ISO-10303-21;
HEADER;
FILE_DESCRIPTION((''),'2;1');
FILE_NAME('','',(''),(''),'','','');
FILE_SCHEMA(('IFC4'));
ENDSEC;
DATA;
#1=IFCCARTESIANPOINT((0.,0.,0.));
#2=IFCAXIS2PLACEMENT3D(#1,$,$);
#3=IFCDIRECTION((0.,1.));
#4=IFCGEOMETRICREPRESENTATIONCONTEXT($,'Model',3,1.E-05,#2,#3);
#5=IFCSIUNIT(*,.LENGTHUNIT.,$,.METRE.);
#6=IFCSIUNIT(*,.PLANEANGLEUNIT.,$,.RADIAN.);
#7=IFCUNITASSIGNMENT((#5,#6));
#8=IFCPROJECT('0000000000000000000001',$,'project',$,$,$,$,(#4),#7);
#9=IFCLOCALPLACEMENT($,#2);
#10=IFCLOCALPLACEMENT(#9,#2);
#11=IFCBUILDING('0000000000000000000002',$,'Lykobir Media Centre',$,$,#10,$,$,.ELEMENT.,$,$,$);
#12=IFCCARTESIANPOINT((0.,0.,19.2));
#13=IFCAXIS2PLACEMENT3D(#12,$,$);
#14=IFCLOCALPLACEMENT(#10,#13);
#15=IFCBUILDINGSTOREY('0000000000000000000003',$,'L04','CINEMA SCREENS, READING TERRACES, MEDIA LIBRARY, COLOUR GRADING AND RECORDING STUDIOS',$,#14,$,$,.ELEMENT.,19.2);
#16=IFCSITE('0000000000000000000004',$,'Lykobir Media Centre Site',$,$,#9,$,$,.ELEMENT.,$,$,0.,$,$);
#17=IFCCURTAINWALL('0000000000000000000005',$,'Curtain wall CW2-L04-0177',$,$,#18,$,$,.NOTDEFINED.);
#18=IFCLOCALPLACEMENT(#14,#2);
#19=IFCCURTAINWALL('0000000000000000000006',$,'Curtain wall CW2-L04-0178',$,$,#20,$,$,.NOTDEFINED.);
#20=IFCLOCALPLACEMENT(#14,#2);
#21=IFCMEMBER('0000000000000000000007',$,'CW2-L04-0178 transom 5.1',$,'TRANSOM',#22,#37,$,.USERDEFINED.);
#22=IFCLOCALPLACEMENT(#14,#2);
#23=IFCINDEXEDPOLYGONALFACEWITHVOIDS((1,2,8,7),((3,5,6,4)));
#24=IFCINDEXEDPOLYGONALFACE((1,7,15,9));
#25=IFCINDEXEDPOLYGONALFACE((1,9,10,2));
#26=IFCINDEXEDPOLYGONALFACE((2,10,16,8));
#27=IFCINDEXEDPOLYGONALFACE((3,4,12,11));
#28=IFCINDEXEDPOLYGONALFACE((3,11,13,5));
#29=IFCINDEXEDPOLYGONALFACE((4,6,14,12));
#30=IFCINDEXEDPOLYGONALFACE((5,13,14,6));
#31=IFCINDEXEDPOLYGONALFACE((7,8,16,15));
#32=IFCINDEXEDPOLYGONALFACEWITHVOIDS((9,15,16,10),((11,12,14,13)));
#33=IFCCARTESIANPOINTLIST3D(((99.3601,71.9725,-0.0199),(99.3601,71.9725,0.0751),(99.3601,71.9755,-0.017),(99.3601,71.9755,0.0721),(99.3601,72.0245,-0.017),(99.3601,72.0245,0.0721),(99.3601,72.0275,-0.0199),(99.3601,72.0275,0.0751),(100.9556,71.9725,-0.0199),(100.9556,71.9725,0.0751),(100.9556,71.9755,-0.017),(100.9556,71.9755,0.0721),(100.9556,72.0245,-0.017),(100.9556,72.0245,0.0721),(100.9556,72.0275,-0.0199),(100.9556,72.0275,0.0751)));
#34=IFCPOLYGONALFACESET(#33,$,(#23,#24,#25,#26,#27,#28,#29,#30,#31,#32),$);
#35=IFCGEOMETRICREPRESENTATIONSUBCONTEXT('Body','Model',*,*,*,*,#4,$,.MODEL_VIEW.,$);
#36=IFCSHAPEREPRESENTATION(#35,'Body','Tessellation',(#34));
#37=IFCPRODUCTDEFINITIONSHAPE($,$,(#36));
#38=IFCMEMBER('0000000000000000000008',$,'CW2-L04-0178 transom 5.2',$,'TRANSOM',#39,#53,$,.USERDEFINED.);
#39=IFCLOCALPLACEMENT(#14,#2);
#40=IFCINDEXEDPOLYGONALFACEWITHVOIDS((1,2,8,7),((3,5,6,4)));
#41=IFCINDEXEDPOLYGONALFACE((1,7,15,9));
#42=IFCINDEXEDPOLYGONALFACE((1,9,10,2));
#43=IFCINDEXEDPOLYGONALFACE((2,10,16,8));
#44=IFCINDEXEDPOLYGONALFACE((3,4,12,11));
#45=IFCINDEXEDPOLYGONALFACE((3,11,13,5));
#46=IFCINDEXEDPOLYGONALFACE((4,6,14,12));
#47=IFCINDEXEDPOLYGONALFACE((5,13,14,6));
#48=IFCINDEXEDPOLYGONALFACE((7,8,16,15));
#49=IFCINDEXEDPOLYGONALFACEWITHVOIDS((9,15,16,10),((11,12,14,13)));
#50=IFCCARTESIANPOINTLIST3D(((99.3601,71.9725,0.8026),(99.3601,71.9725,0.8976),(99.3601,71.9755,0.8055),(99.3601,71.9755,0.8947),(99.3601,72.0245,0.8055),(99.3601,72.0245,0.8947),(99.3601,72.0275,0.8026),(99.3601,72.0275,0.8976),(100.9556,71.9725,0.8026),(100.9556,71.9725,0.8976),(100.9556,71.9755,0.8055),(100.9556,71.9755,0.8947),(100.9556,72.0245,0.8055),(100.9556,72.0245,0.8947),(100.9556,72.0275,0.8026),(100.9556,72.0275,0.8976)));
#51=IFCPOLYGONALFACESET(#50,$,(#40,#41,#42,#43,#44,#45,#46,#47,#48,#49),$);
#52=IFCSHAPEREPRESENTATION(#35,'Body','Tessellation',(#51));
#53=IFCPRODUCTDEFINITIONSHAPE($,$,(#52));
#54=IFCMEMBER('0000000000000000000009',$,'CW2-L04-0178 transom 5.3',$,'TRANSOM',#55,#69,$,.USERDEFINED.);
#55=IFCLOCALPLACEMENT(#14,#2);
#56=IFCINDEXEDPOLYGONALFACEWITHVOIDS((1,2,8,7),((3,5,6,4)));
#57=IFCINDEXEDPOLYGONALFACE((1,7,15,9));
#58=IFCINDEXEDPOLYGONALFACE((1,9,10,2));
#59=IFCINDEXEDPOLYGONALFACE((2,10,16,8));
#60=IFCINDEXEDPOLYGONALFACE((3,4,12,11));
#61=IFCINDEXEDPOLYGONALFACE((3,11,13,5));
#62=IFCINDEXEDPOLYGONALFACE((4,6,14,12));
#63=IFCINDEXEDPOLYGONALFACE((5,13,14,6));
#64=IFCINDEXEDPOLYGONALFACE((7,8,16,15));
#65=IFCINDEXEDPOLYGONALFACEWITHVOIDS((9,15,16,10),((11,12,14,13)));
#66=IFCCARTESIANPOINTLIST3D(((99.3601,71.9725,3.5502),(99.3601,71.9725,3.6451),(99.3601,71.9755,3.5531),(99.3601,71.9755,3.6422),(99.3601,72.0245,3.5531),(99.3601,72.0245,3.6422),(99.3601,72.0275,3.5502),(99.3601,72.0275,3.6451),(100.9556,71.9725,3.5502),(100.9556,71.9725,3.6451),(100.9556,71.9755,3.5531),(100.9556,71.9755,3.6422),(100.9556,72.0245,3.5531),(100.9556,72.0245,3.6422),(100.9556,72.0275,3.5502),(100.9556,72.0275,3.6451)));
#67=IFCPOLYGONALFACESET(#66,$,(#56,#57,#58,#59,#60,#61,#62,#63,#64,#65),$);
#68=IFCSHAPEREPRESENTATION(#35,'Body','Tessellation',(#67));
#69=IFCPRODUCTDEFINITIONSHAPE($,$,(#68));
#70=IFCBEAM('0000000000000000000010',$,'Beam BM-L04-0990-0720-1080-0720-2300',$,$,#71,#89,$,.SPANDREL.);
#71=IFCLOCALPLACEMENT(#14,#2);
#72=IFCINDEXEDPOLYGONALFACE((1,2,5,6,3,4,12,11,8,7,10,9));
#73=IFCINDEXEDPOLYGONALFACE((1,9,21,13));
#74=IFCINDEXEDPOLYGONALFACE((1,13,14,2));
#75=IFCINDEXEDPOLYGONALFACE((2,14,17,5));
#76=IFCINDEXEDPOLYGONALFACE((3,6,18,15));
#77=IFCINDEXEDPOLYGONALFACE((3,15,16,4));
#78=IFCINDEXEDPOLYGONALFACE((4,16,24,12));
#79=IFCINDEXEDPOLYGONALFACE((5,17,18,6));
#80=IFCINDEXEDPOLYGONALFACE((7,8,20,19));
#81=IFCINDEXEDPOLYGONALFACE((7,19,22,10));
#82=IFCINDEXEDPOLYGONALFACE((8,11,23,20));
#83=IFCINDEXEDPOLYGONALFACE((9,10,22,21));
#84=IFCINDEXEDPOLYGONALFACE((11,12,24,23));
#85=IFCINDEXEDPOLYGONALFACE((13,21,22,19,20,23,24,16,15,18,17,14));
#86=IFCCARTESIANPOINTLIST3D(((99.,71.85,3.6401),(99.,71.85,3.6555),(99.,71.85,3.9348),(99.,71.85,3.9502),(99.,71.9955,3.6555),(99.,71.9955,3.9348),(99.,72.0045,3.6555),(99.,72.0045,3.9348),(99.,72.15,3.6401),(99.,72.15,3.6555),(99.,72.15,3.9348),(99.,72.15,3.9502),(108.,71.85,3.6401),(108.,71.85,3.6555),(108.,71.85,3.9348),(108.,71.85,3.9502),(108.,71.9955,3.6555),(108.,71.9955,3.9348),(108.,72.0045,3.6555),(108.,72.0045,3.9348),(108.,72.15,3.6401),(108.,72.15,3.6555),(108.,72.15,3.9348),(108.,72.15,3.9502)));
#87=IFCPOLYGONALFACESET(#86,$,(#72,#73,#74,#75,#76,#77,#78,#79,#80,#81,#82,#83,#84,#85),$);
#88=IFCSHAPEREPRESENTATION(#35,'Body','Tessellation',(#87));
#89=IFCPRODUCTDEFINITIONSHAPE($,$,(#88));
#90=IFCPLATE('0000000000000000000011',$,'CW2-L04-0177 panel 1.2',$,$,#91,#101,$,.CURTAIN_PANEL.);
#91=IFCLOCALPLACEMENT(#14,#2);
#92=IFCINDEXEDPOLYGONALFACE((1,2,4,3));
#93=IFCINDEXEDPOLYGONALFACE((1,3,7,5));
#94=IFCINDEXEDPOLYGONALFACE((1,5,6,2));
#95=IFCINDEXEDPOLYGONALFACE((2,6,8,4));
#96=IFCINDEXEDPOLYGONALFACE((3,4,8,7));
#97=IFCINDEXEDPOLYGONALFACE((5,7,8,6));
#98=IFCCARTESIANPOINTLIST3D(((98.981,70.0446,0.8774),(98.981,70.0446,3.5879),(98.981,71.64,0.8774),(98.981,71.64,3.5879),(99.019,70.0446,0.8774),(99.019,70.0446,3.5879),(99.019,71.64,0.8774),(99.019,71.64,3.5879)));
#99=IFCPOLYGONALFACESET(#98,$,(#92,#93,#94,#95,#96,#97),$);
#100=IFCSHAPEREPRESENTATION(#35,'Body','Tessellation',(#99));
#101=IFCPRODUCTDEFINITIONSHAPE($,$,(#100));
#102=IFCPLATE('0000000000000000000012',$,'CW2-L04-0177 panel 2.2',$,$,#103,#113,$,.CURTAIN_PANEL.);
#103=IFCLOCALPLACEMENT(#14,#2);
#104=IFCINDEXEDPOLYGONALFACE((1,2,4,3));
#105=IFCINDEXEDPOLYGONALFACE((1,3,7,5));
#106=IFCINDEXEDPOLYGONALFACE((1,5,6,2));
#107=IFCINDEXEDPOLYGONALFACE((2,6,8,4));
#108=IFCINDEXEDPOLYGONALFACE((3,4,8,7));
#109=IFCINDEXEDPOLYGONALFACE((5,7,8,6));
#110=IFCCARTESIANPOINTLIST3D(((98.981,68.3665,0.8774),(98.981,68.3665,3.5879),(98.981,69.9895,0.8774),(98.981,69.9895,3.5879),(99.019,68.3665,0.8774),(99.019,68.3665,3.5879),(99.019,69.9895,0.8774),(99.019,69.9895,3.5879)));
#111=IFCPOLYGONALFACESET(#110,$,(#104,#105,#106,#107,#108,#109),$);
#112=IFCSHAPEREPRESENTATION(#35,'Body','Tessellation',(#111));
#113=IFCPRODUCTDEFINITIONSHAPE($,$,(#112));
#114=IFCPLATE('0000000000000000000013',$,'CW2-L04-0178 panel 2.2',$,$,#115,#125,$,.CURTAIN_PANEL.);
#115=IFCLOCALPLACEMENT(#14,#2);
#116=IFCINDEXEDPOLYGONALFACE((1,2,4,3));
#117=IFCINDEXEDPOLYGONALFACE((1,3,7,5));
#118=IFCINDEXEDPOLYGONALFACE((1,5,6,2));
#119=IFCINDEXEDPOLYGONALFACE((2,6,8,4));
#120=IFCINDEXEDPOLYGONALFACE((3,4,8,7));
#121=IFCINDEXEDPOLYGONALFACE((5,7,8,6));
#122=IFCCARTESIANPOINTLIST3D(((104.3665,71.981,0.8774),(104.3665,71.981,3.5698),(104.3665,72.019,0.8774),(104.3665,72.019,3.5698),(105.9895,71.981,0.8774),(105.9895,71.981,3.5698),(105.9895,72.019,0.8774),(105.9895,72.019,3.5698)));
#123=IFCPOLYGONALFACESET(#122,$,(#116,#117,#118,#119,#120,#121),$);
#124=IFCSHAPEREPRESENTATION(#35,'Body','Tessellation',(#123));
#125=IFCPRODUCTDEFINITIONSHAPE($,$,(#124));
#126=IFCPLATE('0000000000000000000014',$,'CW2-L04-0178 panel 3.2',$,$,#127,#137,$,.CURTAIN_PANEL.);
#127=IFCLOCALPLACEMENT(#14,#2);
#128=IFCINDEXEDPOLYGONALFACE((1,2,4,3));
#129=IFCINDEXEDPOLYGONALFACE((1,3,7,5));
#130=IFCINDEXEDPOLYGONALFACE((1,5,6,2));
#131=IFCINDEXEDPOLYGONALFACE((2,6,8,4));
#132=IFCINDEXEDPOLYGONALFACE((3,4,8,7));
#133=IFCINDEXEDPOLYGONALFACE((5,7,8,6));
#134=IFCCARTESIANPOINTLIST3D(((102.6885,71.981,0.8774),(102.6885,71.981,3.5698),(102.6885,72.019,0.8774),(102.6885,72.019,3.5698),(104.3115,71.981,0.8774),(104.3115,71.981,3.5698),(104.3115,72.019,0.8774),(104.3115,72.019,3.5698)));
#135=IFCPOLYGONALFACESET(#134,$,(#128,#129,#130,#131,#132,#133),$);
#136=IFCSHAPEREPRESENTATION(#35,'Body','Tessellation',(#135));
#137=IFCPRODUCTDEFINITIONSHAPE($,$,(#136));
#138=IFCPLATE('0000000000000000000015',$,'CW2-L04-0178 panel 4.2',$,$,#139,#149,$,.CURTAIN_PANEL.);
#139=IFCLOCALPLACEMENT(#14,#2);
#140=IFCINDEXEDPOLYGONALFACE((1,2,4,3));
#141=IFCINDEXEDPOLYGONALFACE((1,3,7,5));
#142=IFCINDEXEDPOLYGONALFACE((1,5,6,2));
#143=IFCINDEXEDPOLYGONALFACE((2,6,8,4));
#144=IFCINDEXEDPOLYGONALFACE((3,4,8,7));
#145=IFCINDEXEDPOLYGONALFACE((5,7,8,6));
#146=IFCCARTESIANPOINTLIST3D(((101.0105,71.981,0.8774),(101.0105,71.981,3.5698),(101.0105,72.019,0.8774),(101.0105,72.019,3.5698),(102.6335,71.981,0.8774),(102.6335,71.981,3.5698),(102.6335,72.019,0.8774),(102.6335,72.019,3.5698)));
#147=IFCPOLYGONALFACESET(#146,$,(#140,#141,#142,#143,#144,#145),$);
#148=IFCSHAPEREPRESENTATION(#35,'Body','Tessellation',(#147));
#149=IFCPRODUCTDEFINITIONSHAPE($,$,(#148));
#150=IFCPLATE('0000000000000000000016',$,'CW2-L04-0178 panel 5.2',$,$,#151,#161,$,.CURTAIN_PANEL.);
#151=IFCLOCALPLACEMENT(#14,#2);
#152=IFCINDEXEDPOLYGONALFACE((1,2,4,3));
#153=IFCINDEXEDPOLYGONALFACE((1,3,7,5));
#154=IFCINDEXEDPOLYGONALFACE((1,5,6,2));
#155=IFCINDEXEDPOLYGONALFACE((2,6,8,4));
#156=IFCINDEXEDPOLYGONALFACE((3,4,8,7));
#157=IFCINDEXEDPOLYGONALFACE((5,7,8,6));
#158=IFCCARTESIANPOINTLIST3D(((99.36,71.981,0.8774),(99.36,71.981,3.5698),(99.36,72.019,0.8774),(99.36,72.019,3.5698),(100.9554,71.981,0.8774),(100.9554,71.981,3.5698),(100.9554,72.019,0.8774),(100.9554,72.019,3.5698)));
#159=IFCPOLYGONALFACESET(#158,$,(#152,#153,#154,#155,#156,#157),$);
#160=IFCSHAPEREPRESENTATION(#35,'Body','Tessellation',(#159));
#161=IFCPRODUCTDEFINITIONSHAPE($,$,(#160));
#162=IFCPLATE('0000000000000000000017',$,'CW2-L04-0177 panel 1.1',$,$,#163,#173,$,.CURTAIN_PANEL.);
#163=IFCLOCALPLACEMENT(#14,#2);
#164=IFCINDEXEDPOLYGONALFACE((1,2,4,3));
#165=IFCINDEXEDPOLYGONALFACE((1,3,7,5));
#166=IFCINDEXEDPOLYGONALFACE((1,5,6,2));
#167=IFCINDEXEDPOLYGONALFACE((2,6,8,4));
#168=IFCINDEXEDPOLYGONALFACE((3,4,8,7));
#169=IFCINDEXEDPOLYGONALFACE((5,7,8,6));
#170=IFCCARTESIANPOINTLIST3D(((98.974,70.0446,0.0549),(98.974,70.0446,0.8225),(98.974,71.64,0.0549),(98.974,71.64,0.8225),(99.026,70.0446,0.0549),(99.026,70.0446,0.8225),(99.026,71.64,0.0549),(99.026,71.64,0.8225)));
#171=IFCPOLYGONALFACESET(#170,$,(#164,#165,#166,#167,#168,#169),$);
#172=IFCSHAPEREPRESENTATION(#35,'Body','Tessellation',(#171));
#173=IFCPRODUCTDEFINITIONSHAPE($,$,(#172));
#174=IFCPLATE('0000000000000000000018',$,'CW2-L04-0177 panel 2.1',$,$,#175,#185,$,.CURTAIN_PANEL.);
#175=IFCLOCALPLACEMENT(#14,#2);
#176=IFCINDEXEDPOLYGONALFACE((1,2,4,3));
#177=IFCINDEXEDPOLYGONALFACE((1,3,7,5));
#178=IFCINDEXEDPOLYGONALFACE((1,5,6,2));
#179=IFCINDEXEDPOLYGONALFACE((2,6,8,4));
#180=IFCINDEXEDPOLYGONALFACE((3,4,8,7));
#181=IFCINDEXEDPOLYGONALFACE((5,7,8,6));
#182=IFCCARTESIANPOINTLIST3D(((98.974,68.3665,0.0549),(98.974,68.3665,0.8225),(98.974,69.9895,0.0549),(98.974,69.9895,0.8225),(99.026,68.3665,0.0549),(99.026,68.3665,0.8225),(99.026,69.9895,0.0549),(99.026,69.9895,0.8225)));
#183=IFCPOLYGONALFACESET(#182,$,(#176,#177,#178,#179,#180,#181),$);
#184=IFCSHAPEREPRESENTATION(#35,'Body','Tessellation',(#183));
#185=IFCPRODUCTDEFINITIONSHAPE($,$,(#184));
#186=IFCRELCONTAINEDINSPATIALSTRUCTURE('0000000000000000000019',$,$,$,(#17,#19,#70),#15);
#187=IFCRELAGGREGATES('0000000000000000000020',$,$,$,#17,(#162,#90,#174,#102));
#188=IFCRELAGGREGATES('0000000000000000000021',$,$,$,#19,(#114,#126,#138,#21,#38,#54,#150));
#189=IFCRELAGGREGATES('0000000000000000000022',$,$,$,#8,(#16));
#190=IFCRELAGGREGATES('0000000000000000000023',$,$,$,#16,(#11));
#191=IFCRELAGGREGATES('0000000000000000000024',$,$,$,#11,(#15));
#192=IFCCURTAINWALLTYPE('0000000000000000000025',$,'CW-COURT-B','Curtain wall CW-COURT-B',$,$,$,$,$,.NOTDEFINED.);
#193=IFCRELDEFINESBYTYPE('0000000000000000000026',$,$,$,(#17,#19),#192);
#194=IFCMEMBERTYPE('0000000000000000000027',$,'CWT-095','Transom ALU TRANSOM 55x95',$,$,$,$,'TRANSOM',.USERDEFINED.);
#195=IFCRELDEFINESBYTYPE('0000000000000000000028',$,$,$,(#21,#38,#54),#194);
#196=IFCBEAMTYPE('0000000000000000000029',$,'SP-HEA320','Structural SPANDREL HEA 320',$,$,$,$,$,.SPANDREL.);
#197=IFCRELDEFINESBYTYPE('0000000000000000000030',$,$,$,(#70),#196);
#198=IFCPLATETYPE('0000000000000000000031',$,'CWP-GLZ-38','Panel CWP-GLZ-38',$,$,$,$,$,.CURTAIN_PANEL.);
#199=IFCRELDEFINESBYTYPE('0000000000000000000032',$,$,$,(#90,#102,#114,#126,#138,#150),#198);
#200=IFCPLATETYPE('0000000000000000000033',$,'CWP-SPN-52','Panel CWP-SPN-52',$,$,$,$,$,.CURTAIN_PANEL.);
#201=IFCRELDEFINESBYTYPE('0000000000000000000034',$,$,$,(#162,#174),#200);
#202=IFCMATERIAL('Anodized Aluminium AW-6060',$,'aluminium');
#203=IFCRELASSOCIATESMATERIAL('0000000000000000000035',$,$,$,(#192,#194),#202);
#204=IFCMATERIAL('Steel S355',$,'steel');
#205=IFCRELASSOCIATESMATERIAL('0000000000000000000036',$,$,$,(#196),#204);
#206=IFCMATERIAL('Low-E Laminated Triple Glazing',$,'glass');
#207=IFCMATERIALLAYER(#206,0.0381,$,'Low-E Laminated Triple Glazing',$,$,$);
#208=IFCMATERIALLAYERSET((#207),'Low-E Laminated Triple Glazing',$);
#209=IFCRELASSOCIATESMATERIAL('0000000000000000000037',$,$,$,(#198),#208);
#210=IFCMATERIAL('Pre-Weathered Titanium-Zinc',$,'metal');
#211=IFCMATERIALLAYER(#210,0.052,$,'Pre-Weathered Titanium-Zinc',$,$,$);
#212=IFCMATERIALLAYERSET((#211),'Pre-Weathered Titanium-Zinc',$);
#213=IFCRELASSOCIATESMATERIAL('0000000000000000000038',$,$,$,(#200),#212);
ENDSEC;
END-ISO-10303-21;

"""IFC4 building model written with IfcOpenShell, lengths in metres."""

from ifc_helpers import new_model, si_unit, direction, frame, origin, origin_2d, place, context, subcontext, project, spatial, rectangle, hollow_rectangle, i_section, extrude, material, layer, layer_set, material_profile, profile_set, type_object, element, aggregate, save


model = new_model("IFC4")

# Units and contexts
model_context = context("Model", 3, precision=1e-05, world=origin(), true_north=direction((0.0, 1.0)))
body_context = subcontext(model_context, "Body", "Model", "MODEL_VIEW")
ifc_project = project(units=[si_unit("LENGTHUNIT", "METRE"), si_unit("PLANEANGLEUNIT", "RADIAN")], contexts=[model_context])

# Site, building, storey
site_placement = place(None, origin())
site = spatial("IfcSite", under=ifc_project, at=site_placement, Name="Lykobir Media Centre Site", CompositionType="ELEMENT", RefElevation=0.0)
building_placement = place(site_placement, origin())
building = spatial("IfcBuilding", under=site, at=building_placement, Name="Lykobir Media Centre", CompositionType="ELEMENT")
storey_placement = place(building_placement, frame((0.0, 0.0, 19.2)))
storey = spatial("IfcBuildingStorey", under=building, at=storey_placement, Name="L04", Description="CINEMA SCREENS, READING TERRACES, MEDIA LIBRARY, COLOUR GRADING AND RECORDING STUDIOS", CompositionType="ELEMENT", Elevation=19.2)

# Shared definitions
ifc_material_1 = material(Name="Steel S355", Category="steel")

# Curtain walls
ifc_material_2 = material(Name="Anodized Aluminium AW-6060", Category="aluminium")
curtain_wall_type = type_object("IfcCurtainWallType", Name="CW-COURT-B", Description="Curtain wall CW-COURT-B", PredefinedType="NOTDEFINED", material=ifc_material_2)
curtain_wall_1_placement = place(storey_placement, origin())
curtain_wall_1 = element("IfcCurtainWall", 1, at=curtain_wall_1_placement, inside=storey, type_object=curtain_wall_type, Name="Curtain wall CW2-L04-0177", PredefinedType="NOTDEFINED")
curtain_wall_2_placement = place(storey_placement, origin())
curtain_wall_2 = element("IfcCurtainWall", 2, at=curtain_wall_2_placement, inside=storey, type_object=curtain_wall_type, Name="Curtain wall CW2-L04-0178", PredefinedType="NOTDEFINED")

# Members
ifc_material_profile_1 = material_profile(ifc_material_2, hollow_rectangle(XDim=0.0549, YDim=0.095, WallThickness=0.0029, at=origin_2d()), Name="ALU TRANSOM 55x95")
ifc_profile_set_1 = profile_set([ifc_material_profile_1], Name="Anodized Aluminium AW-6060")
member_type_1 = type_object("IfcMemberType", Name="CWT-095", Description="Transom ALU TRANSOM 55x95", ElementType="TRANSOM", PredefinedType="USERDEFINED", material=ifc_profile_set_1)
member_1_placement = place(storey_placement, frame((100.9556, 72.0, 0.0276), z_axis=(-1.0, 0.0, 0.0), x_axis=(0.0, -1.0, 0.0)))
member_1 = element("IfcMember", 3, at=member_1_placement, type_object=member_type_1, Name="CW2-L04-0178 transom 5.1", ObjectType="TRANSOM", PredefinedType="USERDEFINED", context=body_context, shape_type="SweptSolid", body=[
    extrude(hollow_rectangle(XDim=0.0549, YDim=0.095, WallThickness=0.0029, at=origin_2d()), origin(), (0.0, 0.0, 1.0), 1.5955),
])
member_2_placement = place(storey_placement, frame((100.9556, 72.0, 0.8501), z_axis=(-1.0, 0.0, 0.0), x_axis=(0.0, -1.0, 0.0)))
member_2 = element("IfcMember", 4, at=member_2_placement, type_object=member_type_1, Name="CW2-L04-0178 transom 5.2", ObjectType="TRANSOM", PredefinedType="USERDEFINED", context=body_context, shape_type="SweptSolid", body=[
    extrude(hollow_rectangle(XDim=0.0549, YDim=0.095, WallThickness=0.0029, at=origin_2d()), origin(), (0.0, 0.0, 1.0), 1.5955),
])
member_3_placement = place(storey_placement, frame((100.9556, 72.0, 3.5977), z_axis=(-1.0, 0.0, 0.0), x_axis=(0.0, -1.0, 0.0)))
member_3 = element("IfcMember", 5, at=member_3_placement, type_object=member_type_1, Name="CW2-L04-0178 transom 5.3", ObjectType="TRANSOM", PredefinedType="USERDEFINED", context=body_context, shape_type="SweptSolid", body=[
    extrude(hollow_rectangle(XDim=0.0549, YDim=0.095, WallThickness=0.0029, at=origin_2d()), origin(), (0.0, 0.0, 1.0), 1.5955),
])

# Beam
ifc_material_profile_2 = material_profile(ifc_material_1, i_section(OverallWidth=0.3, OverallDepth=0.3101, WebThickness=0.009, FlangeThickness=0.0154, at=origin_2d()), Name="HEA 320")
ifc_profile_set_2 = profile_set([ifc_material_profile_2], Name="Steel S355")
beam_type_1 = type_object("IfcBeamType", Name="SP-HEA320", Description="Structural SPANDREL HEA 320", PredefinedType="SPANDREL", material=ifc_profile_set_2)
beam_1_placement = place(storey_placement, frame((99.0, 72.0, 3.7952), z_axis=(1.0, 0.0, 0.0), x_axis=(0.0, 1.0, 0.0)))
element("IfcBeam", 6, at=beam_1_placement, inside=storey, type_object=beam_type_1, Name="Beam BM-L04-0990-0720-1080-0720-2300", PredefinedType="SPANDREL", context=body_context, shape_type="SweptSolid", body=[
    extrude(i_section(OverallWidth=0.3, OverallDepth=0.3101, WebThickness=0.009, FlangeThickness=0.0154, at=origin_2d()), origin(), (0.0, 0.0, 1.0), 9.0),
])

# Plates
ifc_material_3 = material(Name="Low-E Laminated Triple Glazing", Category="glass")
ifc_layer_1 = layer(ifc_material_3, 0.0381, Name="Low-E Laminated Triple Glazing")
ifc_layer_set_1 = layer_set([ifc_layer_1], Name="Low-E Laminated Triple Glazing")
plate_type_1 = type_object("IfcPlateType", Name="CWP-GLZ-38", Description="Panel CWP-GLZ-38", PredefinedType="CURTAIN_PANEL", material=ifc_layer_set_1)
plate_1_placement = place(storey_placement, frame((99.0, 70.8423, 0.8774), z_axis=(0.0, 0.0, 1.0), x_axis=(0.0, -1.0, 0.0)))
plate_1 = element("IfcPlate", 7, at=plate_1_placement, type_object=plate_type_1, Name="CW2-L04-0177 panel 1.2", PredefinedType="CURTAIN_PANEL", context=body_context, shape_type="SweptSolid", body=[
    extrude(rectangle(XDim=1.5955, YDim=0.0381, at=origin_2d()), origin(), (0.0, 0.0, 1.0), 2.7104),
])
plate_2_placement = place(storey_placement, frame((99.0, 69.178, 0.8774), z_axis=(0.0, 0.0, 1.0), x_axis=(0.0, -1.0, 0.0)))
plate_2 = element("IfcPlate", 8, at=plate_2_placement, type_object=plate_type_1, Name="CW2-L04-0177 panel 2.2", PredefinedType="CURTAIN_PANEL", context=body_context, shape_type="SweptSolid", body=[
    extrude(rectangle(XDim=1.623, YDim=0.0381, at=origin_2d()), origin(), (0.0, 0.0, 1.0), 2.7104),
])
plate_3_placement = place(storey_placement, frame((105.178, 72.0, 0.8774), z_axis=(0.0, 0.0, 1.0), x_axis=(-1.0, 0.0, 0.0)))
plate_3 = element("IfcPlate", 9, at=plate_3_placement, type_object=plate_type_1, Name="CW2-L04-0178 panel 2.2", PredefinedType="CURTAIN_PANEL", context=body_context, shape_type="SweptSolid", body=[
    extrude(rectangle(XDim=1.623, YDim=0.0381, at=origin_2d()), origin(), (0.0, 0.0, 1.0), 2.6924),
])
plate_4_placement = place(storey_placement, frame((103.5, 72.0, 0.8774), z_axis=(0.0, 0.0, 1.0), x_axis=(-1.0, 0.0, 0.0)))
plate_4 = element("IfcPlate", 10, at=plate_4_placement, type_object=plate_type_1, Name="CW2-L04-0178 panel 3.2", PredefinedType="CURTAIN_PANEL", context=body_context, shape_type="SweptSolid", body=[
    extrude(rectangle(XDim=1.623, YDim=0.0381, at=origin_2d()), origin(), (0.0, 0.0, 1.0), 2.6924),
])
plate_5_placement = place(storey_placement, frame((101.822, 72.0, 0.8774), z_axis=(0.0, 0.0, 1.0), x_axis=(-1.0, 0.0, 0.0)))
plate_5 = element("IfcPlate", 11, at=plate_5_placement, type_object=plate_type_1, Name="CW2-L04-0178 panel 4.2", PredefinedType="CURTAIN_PANEL", context=body_context, shape_type="SweptSolid", body=[
    extrude(rectangle(XDim=1.623, YDim=0.0381, at=origin_2d()), origin(), (0.0, 0.0, 1.0), 2.6924),
])
plate_6_placement = place(storey_placement, frame((100.1577, 72.0, 0.8774), z_axis=(0.0, 0.0, 1.0), x_axis=(-1.0, 0.0, 0.0)))
plate_6 = element("IfcPlate", 12, at=plate_6_placement, type_object=plate_type_1, Name="CW2-L04-0178 panel 5.2", PredefinedType="CURTAIN_PANEL", context=body_context, shape_type="SweptSolid", body=[
    extrude(rectangle(XDim=1.5955, YDim=0.0381, at=origin_2d()), origin(), (0.0, 0.0, 1.0), 2.6924),
])
ifc_material_4 = material(Name="Pre-Weathered Titanium-Zinc", Category="metal")
ifc_layer_2 = layer(ifc_material_4, 0.052, Name="Pre-Weathered Titanium-Zinc")
ifc_layer_set_2 = layer_set([ifc_layer_2], Name="Pre-Weathered Titanium-Zinc")
plate_type_2 = type_object("IfcPlateType", Name="CWP-SPN-52", Description="Panel CWP-SPN-52", PredefinedType="CURTAIN_PANEL", material=ifc_layer_set_2)
plate_7_placement = place(storey_placement, frame((99.0, 70.8423, 0.0549), z_axis=(0.0, 0.0, 1.0), x_axis=(0.0, -1.0, 0.0)))
plate_7 = element("IfcPlate", 13, at=plate_7_placement, type_object=plate_type_2, Name="CW2-L04-0177 panel 1.1", PredefinedType="CURTAIN_PANEL", context=body_context, shape_type="SweptSolid", body=[
    extrude(rectangle(XDim=1.5955, YDim=0.052, at=origin_2d()), origin(), (0.0, 0.0, 1.0), 0.7676),
])
plate_8_placement = place(storey_placement, frame((99.0, 69.178, 0.0549), z_axis=(0.0, 0.0, 1.0), x_axis=(0.0, -1.0, 0.0)))
plate_8 = element("IfcPlate", 14, at=plate_8_placement, type_object=plate_type_2, Name="CW2-L04-0177 panel 2.1", PredefinedType="CURTAIN_PANEL", context=body_context, shape_type="SweptSolid", body=[
    extrude(rectangle(XDim=1.623, YDim=0.052, at=origin_2d()), origin(), (0.0, 0.0, 1.0), 0.7676),
])
aggregate(curtain_wall_1, [plate_7, plate_1, plate_8, plate_2])
aggregate(curtain_wall_2, [plate_3, plate_4, plate_5, member_1, member_2, member_3, plate_6])

save(model, "model.ifc")
